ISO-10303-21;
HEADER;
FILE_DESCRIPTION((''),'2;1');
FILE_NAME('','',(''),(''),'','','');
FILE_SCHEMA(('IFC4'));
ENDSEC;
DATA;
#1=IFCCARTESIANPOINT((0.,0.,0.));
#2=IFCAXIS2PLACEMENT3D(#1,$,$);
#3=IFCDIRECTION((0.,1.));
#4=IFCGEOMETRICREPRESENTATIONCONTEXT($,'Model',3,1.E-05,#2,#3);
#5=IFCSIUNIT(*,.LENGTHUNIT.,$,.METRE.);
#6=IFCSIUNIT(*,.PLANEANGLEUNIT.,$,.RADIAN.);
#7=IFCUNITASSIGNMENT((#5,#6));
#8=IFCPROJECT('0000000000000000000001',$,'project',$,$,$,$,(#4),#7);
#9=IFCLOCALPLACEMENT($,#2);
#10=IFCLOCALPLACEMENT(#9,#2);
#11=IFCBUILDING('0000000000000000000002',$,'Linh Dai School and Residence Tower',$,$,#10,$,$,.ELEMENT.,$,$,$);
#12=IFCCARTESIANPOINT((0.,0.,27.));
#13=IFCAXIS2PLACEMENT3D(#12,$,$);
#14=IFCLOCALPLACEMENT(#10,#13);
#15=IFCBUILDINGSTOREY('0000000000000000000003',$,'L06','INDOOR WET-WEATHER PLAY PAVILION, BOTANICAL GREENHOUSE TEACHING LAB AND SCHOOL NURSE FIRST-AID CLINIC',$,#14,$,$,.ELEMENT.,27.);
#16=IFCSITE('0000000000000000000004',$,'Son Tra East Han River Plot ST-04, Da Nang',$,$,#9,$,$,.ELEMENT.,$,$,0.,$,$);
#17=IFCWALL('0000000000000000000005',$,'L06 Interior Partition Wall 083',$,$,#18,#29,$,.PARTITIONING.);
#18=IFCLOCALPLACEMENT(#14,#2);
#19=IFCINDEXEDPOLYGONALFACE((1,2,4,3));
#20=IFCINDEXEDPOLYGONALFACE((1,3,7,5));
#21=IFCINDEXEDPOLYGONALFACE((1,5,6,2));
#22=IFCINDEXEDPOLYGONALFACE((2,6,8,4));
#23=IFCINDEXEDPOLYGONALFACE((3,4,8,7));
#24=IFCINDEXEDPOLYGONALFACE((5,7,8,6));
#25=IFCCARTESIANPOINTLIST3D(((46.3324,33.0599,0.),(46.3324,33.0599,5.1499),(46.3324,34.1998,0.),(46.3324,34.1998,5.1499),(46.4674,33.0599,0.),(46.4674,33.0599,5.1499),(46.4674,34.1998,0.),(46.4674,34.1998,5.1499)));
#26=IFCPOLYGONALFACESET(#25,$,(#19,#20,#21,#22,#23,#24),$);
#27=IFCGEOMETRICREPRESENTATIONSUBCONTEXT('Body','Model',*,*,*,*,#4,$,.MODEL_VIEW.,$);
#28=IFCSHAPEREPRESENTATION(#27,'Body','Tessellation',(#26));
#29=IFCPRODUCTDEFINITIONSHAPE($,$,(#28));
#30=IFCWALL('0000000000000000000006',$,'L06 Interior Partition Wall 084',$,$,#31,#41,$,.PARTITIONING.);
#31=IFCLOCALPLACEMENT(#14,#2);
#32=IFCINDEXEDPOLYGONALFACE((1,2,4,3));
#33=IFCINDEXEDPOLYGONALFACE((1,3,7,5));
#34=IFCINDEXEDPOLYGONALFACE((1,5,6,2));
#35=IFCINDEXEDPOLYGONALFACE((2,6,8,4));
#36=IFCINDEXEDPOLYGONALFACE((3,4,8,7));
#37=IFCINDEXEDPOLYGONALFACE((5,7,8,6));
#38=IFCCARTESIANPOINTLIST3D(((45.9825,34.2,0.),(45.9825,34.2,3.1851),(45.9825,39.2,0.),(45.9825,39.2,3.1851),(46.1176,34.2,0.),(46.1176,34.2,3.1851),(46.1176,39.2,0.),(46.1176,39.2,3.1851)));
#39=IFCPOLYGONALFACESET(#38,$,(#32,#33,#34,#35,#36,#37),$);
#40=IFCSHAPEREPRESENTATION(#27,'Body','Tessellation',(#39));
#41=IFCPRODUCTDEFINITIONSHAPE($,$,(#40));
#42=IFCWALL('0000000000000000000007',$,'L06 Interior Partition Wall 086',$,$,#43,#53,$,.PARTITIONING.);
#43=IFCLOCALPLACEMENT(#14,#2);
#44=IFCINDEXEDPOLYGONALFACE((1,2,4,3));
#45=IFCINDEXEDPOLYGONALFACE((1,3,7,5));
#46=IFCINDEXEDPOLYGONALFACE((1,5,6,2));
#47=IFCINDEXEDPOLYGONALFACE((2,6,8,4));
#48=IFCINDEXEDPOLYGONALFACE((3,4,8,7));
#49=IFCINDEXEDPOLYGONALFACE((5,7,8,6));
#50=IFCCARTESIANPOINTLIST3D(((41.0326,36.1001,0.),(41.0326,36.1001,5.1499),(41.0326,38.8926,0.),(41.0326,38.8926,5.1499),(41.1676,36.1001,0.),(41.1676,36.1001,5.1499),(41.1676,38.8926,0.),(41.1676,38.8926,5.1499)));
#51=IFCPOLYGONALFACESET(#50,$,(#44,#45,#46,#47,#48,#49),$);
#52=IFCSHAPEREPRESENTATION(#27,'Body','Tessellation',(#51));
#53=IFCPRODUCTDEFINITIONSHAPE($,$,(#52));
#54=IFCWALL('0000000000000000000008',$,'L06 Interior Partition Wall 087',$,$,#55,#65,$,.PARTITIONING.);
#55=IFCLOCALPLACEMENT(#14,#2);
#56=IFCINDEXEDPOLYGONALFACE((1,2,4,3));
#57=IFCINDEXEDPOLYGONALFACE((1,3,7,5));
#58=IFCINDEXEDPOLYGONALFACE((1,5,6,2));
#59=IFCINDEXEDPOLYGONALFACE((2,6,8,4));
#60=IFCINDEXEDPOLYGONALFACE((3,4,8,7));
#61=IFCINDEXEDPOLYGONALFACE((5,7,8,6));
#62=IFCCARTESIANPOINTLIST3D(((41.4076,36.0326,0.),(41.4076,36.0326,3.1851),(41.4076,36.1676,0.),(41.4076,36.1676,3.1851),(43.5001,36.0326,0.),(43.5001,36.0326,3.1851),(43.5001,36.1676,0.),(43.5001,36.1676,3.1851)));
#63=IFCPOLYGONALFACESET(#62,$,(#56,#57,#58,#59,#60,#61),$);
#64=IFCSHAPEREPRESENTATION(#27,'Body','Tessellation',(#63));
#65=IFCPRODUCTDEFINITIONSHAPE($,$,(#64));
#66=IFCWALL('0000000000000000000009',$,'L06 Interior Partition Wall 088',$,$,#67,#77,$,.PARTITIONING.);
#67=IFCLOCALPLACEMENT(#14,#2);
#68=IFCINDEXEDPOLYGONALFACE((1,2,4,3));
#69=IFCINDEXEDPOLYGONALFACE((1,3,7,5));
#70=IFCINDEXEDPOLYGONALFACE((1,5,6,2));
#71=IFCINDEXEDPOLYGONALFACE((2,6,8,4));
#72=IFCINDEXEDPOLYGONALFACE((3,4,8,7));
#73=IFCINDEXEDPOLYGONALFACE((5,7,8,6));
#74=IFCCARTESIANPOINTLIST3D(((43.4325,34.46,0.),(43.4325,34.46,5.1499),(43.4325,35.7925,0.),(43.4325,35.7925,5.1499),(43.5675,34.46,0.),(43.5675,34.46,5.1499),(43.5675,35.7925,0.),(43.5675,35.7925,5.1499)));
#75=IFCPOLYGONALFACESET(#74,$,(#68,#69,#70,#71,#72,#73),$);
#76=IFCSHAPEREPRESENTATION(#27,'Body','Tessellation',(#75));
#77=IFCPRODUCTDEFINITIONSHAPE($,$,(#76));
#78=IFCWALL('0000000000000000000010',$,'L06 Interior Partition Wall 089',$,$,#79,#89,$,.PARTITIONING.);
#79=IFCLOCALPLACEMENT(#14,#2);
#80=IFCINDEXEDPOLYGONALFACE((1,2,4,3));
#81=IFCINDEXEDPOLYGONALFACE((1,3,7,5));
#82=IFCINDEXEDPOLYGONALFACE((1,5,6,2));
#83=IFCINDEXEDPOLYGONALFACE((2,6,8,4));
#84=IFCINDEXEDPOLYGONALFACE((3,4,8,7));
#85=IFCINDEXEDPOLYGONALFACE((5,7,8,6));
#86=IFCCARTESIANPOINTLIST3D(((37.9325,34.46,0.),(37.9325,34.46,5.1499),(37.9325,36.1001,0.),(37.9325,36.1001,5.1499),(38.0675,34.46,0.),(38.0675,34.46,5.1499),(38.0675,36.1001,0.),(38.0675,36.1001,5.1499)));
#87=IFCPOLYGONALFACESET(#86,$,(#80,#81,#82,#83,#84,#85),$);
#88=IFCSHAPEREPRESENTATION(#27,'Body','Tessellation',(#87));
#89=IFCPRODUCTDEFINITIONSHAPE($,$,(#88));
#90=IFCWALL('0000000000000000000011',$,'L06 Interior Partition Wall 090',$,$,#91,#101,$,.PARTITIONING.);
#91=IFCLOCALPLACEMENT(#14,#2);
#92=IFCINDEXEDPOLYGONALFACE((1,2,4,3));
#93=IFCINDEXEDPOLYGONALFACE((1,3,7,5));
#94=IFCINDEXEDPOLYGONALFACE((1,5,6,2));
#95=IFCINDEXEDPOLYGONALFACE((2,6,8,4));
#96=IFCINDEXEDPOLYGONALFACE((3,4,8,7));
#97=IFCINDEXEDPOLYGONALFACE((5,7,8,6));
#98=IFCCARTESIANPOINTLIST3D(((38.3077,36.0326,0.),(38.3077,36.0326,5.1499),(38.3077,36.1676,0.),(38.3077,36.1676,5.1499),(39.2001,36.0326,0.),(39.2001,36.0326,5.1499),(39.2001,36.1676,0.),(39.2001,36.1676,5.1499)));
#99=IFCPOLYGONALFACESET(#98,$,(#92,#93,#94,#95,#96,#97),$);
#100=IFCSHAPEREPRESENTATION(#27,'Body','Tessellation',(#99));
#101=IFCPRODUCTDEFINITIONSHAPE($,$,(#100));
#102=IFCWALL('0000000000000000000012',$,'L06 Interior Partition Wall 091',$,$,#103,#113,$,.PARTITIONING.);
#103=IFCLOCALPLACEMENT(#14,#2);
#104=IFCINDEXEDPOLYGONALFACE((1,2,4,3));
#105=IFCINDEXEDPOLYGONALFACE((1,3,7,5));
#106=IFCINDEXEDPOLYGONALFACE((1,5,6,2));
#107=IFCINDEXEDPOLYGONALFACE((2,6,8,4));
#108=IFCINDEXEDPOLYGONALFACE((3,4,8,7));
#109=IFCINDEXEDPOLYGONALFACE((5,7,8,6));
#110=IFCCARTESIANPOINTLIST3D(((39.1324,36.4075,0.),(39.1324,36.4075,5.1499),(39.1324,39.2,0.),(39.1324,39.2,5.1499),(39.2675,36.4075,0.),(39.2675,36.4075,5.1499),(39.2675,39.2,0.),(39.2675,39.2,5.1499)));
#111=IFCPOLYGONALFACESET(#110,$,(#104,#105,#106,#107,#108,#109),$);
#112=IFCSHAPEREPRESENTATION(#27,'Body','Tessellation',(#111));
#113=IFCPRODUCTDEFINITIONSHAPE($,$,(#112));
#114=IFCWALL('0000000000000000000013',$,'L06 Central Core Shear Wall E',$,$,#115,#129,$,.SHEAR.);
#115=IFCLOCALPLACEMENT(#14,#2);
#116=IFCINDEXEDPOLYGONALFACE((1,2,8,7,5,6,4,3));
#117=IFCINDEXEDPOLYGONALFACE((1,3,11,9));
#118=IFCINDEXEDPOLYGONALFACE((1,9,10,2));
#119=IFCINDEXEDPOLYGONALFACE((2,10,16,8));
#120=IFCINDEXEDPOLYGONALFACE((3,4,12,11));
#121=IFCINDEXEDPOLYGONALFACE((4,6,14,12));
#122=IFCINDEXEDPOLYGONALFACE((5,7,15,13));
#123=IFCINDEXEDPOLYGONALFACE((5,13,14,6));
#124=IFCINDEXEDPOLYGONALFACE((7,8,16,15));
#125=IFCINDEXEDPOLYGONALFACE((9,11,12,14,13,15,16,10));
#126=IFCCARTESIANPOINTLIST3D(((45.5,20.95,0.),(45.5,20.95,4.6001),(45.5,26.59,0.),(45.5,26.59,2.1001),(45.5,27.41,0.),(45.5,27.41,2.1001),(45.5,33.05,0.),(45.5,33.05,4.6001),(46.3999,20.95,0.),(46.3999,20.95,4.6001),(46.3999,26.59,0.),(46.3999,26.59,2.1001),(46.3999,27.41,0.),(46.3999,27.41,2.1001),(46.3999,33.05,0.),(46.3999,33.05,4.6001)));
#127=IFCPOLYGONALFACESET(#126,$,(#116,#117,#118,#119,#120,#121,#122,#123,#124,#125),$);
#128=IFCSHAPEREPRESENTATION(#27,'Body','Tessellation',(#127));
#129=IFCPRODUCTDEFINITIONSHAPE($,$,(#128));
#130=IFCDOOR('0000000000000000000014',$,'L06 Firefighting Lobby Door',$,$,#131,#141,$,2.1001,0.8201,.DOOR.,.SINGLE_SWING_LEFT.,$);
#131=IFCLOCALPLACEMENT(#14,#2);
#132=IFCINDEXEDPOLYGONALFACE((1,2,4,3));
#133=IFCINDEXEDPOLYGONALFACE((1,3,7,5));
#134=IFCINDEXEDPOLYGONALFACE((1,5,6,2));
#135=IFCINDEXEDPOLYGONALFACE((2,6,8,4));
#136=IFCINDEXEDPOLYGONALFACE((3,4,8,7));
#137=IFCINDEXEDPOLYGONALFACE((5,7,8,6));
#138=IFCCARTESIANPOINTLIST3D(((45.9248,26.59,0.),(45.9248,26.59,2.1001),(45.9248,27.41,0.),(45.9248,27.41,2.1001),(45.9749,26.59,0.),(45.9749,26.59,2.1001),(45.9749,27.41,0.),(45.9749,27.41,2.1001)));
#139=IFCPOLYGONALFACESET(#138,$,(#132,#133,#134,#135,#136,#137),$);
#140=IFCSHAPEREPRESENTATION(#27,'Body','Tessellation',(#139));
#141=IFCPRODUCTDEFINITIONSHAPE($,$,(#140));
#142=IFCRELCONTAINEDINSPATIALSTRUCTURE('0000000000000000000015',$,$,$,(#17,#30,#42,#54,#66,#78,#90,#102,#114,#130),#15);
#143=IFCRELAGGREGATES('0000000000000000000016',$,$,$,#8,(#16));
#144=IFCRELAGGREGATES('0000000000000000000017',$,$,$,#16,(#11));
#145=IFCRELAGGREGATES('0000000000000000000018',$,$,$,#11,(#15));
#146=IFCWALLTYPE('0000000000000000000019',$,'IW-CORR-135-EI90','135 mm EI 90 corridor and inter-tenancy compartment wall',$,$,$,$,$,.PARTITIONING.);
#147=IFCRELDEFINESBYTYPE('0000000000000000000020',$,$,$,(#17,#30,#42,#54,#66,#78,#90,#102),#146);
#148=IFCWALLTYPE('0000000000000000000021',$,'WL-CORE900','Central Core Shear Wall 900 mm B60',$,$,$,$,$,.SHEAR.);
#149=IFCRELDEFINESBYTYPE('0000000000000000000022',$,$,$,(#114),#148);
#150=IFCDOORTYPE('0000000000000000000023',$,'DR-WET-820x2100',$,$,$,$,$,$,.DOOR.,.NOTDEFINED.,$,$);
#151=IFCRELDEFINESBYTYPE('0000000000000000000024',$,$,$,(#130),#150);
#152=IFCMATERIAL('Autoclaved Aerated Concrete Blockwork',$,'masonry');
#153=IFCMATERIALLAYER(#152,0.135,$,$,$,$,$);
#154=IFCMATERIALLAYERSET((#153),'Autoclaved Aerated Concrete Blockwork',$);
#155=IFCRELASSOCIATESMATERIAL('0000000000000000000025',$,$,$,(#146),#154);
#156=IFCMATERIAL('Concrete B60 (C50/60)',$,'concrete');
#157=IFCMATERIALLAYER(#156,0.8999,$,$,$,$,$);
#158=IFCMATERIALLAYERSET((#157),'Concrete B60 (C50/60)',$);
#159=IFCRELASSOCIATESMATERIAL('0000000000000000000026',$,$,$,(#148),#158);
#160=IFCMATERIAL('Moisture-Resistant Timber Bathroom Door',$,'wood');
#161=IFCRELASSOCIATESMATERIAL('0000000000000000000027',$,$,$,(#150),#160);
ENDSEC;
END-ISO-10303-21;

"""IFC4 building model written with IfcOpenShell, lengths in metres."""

from ifc_helpers import new_model, si_unit, direction, frame, frame_2d, origin, origin_2d, place, context, subcontext, project, spatial, rectangle, extrude, source, transform, mapped, material, layer, layer_set, type_object, element, fill, save


model = new_model("IFC4")

# Units and contexts
model_context = context("Model", 3, precision=1e-05, world=origin(), true_north=direction((0.0, 1.0)))
body_context = subcontext(model_context, "Body", "Model", "MODEL_VIEW")
ifc_project = project(units=[si_unit("LENGTHUNIT", "METRE"), si_unit("PLANEANGLEUNIT", "RADIAN")], contexts=[model_context])

# Site, building, storey
site_placement = place(None, origin())
site = spatial("IfcSite", under=ifc_project, at=site_placement, Name="Son Tra East Han River Plot ST-04, Da Nang", CompositionType="ELEMENT", RefElevation=0.0)
building_placement = place(site_placement, origin())
building = spatial("IfcBuilding", under=site, at=building_placement, Name="Linh Dai School and Residence Tower", CompositionType="ELEMENT")
storey_placement = place(building_placement, frame((0.0, 0.0, 27.0)))
storey = spatial("IfcBuildingStorey", under=building, at=storey_placement, Name="L06", Description="INDOOR WET-WEATHER PLAY PAVILION, BOTANICAL GREENHOUSE TEACHING LAB AND SCHOOL NURSE FIRST-AID CLINIC", CompositionType="ELEMENT", Elevation=27.0)

# Shared definitions
ifc_material_1 = material(Name="Concrete B60 (C50/60)", Category="concrete")

# Walls
ifc_material_2 = material(Name="Autoclaved Aerated Concrete Blockwork", Category="masonry")
ifc_layer_1 = layer(ifc_material_2, 0.135)
ifc_layer_set_1 = layer_set([ifc_layer_1], Name="Autoclaved Aerated Concrete Blockwork")
wall_type_1 = type_object("IfcWallType", Name="IW-CORR-135-EI90", Description="135 mm EI 90 corridor and inter-tenancy compartment wall", PredefinedType="PARTITIONING", material=ifc_layer_set_1)
wall_1_placement = place(storey_placement, frame((46.3999, 33.0601, 0.0), z_axis=(0.0, 0.0, 1.0), x_axis=(0.0, 1.0, 0.0)))
element("IfcWall", 1, at=wall_1_placement, inside=storey, type_object=wall_type_1, Name="L06 Interior Partition Wall 083", PredefinedType="PARTITIONING", context=body_context, shape_type="SweptSolid", body=[
    extrude(rectangle(XDim=1.1399, YDim=0.135, at=frame_2d((0.5698, 0.0))), origin(), (0.0, 0.0, 1.0), 5.1499),
])
wall_2_placement = place(storey_placement, frame((46.05, 34.2, 0.0), z_axis=(0.0, 0.0, 1.0), x_axis=(0.0, 1.0, 0.0)))
element("IfcWall", 2, at=wall_2_placement, inside=storey, type_object=wall_type_1, Name="L06 Interior Partition Wall 084", PredefinedType="PARTITIONING", context=body_context, shape_type="SweptSolid", body=[
    extrude(rectangle(XDim=5.0, YDim=0.135, at=frame_2d((2.5, 0.0))), origin(), (0.0, 0.0, 1.0), 3.1851),
])
wall_3_placement = place(storey_placement, frame((41.1001, 38.8926, 0.0), z_axis=(0.0, 0.0, 1.0), x_axis=(0.0, -1.0, 0.0)))
element("IfcWall", 3, at=wall_3_placement, inside=storey, type_object=wall_type_1, Name="L06 Interior Partition Wall 086", PredefinedType="PARTITIONING", context=body_context, shape_type="SweptSolid", body=[
    extrude(rectangle(XDim=2.7925, YDim=0.135, at=frame_2d((1.3962, 0.0))), origin(), (0.0, 0.0, 1.0), 5.1499),
])
wall_4_placement = place(storey_placement, frame((41.4075, 36.1001, 0.0), z_axis=(0.0, 0.0, 1.0), x_axis=(1.0, 0.0, 0.0)))
element("IfcWall", 4, at=wall_4_placement, inside=storey, type_object=wall_type_1, Name="L06 Interior Partition Wall 087", PredefinedType="PARTITIONING", context=body_context, shape_type="SweptSolid", body=[
    extrude(rectangle(XDim=2.0925, YDim=0.135, at=frame_2d((1.0464, 0.0))), origin(), (0.0, 0.0, 1.0), 3.1851),
])
wall_5_placement = place(storey_placement, frame((43.5, 35.7925, 0.0), z_axis=(0.0, 0.0, 1.0), x_axis=(0.0, -1.0, 0.0)))
element("IfcWall", 5, at=wall_5_placement, inside=storey, type_object=wall_type_1, Name="L06 Interior Partition Wall 088", PredefinedType="PARTITIONING", context=body_context, shape_type="SweptSolid", body=[
    extrude(rectangle(XDim=1.3325, YDim=0.135, at=frame_2d((0.6663, 0.0))), origin(), (0.0, 0.0, 1.0), 5.1499),
])
wall_6_placement = place(storey_placement, frame((38.0, 34.46, 0.0), z_axis=(0.0, 0.0, 1.0), x_axis=(0.0, 1.0, 0.0)))
element("IfcWall", 6, at=wall_6_placement, inside=storey, type_object=wall_type_1, Name="L06 Interior Partition Wall 089", PredefinedType="PARTITIONING", context=body_context, shape_type="SweptSolid", body=[
    extrude(rectangle(XDim=1.6401, YDim=0.135, at=frame_2d((0.8201, 0.0))), origin(), (0.0, 0.0, 1.0), 5.1499),
])
wall_7_placement = place(storey_placement, frame((38.3076, 36.1001, 0.0), z_axis=(0.0, 0.0, 1.0), x_axis=(1.0, 0.0, 0.0)))
element("IfcWall", 7, at=wall_7_placement, inside=storey, type_object=wall_type_1, Name="L06 Interior Partition Wall 090", PredefinedType="PARTITIONING", context=body_context, shape_type="SweptSolid", body=[
    extrude(rectangle(XDim=0.8923, YDim=0.135, at=frame_2d((0.4463, 0.0))), origin(), (0.0, 0.0, 1.0), 5.1499),
])
wall_8_placement = place(storey_placement, frame((39.2, 36.4075, 0.0), z_axis=(0.0, 0.0, 1.0), x_axis=(0.0, 1.0, 0.0)))
element("IfcWall", 8, at=wall_8_placement, inside=storey, type_object=wall_type_1, Name="L06 Interior Partition Wall 091", PredefinedType="PARTITIONING", context=body_context, shape_type="SweptSolid", body=[
    extrude(rectangle(XDim=2.7925, YDim=0.135, at=frame_2d((1.3962, 0.0))), origin(), (0.0, 0.0, 1.0), 5.1499),
])

# Wall, opening, door
ifc_layer_2 = layer(ifc_material_1, 0.8999)
ifc_layer_set_2 = layer_set([ifc_layer_2], Name="Concrete B60 (C50/60)")
wall_type_2 = type_object("IfcWallType", Name="WL-CORE900", Description="Central Core Shear Wall 900 mm B60", PredefinedType="SHEAR", material=ifc_layer_set_2)
wall_9_placement = place(storey_placement, frame((45.95, 33.05, 0.0), z_axis=(0.0, 0.0, 1.0), x_axis=(0.0, -1.0, 0.0)))
wall_9 = element("IfcWall", 9, at=wall_9_placement, inside=storey, type_object=wall_type_2, Name="L06 Central Core Shear Wall E", PredefinedType="SHEAR", context=body_context, shape_type="SweptSolid", body=[
    extrude(rectangle(XDim=12.1001, YDim=0.8999, at=frame_2d((6.05, 0.0))), origin(), (0.0, 0.0, 1.0), 4.6001),
])
opening_placement = place(wall_9_placement, frame((5.6399, 0.0, 0.0)))
opening = element("IfcOpeningElement", 10, at=opening_placement, cuts=wall_9, PredefinedType="OPENING", context=body_context, shape_type="SweptSolid", body=[
    extrude(rectangle(XDim=0.8201, YDim=2.1001, at=origin_2d()), frame((0.4102, 0.46, 1.05), z_axis=(0.0, -1.0, 0.0), x_axis=(1.0, 0.0, 0.0)), (0.0, 0.0, 1.0), 0.9199),
])
ifc_material_3 = material(Name="Moisture-Resistant Timber Bathroom Door", Category="wood")
door_type = type_object("IfcDoorType", Name="DR-WET-820x2100", OperationType="NOTDEFINED", PredefinedType="DOOR", material=ifc_material_3)
shared_shape = source(origin(), body_context, "Body", "SweptSolid", [
    extrude(rectangle(XDim=0.8201, YDim=2.1001, at=origin_2d()), frame((0.4102, 0.0249, 1.05), z_axis=(0.0, -1.0, 0.0), x_axis=(1.0, 0.0, 0.0)), (0.0, 0.0, 1.0), 0.05),
])
door_placement = place(opening_placement, origin())
door = element("IfcDoor", 11, at=door_placement, inside=storey, type_object=door_type, Name="L06 Firefighting Lobby Door", OperationType="SINGLE_SWING_LEFT", OverallHeight=2.1001, OverallWidth=0.8201, PredefinedType="DOOR", context=body_context, shape_type="MappedRepresentation", body=[
    mapped(shared_shape, transform((0.0, 0.0, 0.0), x_axis=(1.0, 0.0, 0.0), y_axis=(0.0, 1.0, 0.0), z_axis=(0.0, 0.0, 1.0), scale=1.0)),
])
fill(opening, door)

save(model, "model.ifc")
